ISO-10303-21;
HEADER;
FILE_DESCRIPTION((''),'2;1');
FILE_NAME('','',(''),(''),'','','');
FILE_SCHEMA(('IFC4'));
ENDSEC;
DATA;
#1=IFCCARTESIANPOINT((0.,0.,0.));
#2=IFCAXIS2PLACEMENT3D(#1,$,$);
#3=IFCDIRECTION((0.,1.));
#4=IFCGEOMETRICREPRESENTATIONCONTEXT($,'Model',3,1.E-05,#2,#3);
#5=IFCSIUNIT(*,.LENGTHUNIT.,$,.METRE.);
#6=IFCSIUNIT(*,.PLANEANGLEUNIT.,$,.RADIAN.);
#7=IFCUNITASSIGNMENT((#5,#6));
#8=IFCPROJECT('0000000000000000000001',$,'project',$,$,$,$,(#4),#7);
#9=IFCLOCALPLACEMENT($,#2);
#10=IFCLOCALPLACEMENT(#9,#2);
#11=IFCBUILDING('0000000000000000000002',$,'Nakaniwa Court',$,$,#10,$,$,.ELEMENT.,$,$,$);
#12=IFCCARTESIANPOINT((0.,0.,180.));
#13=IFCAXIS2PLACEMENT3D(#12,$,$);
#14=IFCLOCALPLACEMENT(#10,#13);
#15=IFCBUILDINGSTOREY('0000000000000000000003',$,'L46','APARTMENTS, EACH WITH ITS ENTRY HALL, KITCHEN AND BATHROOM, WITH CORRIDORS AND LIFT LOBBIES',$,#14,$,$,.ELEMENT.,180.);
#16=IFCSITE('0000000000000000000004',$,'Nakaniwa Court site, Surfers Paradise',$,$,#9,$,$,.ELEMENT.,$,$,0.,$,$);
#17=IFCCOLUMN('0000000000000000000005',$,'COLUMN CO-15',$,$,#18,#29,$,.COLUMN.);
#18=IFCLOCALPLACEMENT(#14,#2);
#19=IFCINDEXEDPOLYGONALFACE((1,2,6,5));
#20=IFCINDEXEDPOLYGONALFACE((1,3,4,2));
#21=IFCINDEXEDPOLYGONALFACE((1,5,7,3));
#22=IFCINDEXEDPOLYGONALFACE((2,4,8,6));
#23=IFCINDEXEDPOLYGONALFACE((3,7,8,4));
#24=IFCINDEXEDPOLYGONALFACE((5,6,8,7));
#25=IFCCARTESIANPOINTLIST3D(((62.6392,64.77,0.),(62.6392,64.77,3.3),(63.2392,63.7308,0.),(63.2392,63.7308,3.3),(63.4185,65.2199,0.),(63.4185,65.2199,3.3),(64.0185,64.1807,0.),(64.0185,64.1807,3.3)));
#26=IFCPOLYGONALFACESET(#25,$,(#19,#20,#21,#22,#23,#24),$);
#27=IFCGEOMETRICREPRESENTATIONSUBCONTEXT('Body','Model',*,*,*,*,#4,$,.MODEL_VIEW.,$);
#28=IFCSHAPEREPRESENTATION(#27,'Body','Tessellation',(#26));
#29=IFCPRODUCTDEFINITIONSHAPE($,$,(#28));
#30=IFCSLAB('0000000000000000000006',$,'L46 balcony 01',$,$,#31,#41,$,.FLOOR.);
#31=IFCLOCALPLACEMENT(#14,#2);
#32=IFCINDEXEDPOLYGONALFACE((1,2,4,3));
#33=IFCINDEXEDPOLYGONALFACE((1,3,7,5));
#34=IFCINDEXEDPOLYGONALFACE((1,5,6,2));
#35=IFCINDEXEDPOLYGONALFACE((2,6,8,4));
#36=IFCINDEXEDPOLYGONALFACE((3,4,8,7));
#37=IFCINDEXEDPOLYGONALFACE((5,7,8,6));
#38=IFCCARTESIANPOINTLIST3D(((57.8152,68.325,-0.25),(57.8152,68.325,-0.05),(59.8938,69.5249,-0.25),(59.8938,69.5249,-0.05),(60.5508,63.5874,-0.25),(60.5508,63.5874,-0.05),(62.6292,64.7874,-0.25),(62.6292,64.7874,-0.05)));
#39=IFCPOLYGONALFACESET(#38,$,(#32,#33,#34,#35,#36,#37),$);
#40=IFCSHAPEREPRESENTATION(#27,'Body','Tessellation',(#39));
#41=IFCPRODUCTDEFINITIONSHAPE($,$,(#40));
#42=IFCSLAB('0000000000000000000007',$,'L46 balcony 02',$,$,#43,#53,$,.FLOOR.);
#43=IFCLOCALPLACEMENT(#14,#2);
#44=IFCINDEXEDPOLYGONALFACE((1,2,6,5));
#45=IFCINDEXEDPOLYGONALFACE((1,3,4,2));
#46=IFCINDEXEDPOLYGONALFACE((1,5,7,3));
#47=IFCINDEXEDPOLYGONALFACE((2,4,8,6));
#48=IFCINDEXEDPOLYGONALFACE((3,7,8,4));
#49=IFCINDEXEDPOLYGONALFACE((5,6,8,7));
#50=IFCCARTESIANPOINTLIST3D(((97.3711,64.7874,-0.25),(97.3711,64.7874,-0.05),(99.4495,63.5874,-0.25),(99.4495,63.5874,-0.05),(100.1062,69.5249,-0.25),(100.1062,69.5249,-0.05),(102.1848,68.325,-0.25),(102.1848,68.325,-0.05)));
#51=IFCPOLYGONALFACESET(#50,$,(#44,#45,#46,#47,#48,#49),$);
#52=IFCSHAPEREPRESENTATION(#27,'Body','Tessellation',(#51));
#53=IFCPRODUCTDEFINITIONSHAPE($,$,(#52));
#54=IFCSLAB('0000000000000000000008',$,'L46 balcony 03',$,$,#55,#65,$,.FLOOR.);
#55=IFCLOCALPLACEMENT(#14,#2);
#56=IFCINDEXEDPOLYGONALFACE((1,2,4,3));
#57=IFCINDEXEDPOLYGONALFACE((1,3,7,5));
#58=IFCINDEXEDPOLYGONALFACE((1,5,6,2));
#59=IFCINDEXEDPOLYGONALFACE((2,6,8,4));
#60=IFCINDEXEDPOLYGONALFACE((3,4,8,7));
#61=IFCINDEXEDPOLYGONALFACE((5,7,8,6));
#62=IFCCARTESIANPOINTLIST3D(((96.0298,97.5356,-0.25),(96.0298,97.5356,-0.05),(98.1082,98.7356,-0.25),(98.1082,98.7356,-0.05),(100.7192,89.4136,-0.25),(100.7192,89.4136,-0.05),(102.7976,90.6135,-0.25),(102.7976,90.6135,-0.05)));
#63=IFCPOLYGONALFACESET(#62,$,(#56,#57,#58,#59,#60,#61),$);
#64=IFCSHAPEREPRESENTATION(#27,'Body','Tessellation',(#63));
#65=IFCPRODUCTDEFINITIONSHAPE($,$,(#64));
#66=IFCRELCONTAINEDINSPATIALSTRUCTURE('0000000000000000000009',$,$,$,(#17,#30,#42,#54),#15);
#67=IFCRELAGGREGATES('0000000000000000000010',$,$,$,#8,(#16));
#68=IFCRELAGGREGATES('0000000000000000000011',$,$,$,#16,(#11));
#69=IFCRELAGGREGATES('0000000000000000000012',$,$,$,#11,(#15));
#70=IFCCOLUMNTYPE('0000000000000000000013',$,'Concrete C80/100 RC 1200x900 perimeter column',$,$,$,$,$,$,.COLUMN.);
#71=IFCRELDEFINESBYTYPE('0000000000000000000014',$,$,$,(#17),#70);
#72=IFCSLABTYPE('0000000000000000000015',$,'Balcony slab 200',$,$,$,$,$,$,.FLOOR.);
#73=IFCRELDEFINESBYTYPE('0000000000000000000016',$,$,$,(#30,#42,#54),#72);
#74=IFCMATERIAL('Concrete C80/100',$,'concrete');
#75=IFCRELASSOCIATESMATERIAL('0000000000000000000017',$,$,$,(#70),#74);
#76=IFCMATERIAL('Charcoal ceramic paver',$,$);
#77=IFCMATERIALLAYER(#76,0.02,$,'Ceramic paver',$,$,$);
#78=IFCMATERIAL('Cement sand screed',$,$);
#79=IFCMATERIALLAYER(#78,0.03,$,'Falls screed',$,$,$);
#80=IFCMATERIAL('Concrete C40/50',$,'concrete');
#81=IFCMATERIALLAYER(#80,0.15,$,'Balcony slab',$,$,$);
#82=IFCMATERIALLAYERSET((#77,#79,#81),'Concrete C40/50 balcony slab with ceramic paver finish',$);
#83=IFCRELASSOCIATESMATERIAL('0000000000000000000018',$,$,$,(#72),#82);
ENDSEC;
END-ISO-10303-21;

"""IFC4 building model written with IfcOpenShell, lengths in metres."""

from ifc_helpers import new_model, si_unit, direction, frame, origin, origin_2d, place, context, subcontext, project, spatial, polyline, rectangle, outline, extrude, material, layer, layer_set, material_profile, profile_set, type_object, element, save


model = new_model("IFC4")

# Units and contexts
model_context = context("Model", 3, precision=1e-05, world=origin(), true_north=direction((0.0, 1.0)))
body_context = subcontext(model_context, "Body", "Model", "MODEL_VIEW")
ifc_project = project(units=[si_unit("LENGTHUNIT", "METRE"), si_unit("PLANEANGLEUNIT", "RADIAN")], contexts=[model_context])

# Site, building, storey
site_placement = place(None, origin())
site = spatial("IfcSite", under=ifc_project, at=site_placement, Name="Nakaniwa Court site, Surfers Paradise", CompositionType="ELEMENT", RefElevation=0.0)
building_placement = place(site_placement, origin())
building = spatial("IfcBuilding", under=site, at=building_placement, Name="Nakaniwa Court", CompositionType="ELEMENT")
storey_placement = place(building_placement, frame((0.0, 0.0, 180.0)))
storey = spatial("IfcBuildingStorey", under=building, at=storey_placement, Name="L46", Description="APARTMENTS, EACH WITH ITS ENTRY HALL, KITCHEN AND BATHROOM, WITH CORRIDORS AND LIFT LOBBIES", CompositionType="ELEMENT", Elevation=180.0)

# Column
ifc_material_1 = material(Name="Concrete C80/100", Category="concrete")
ifc_material_profile = material_profile(ifc_material_1, rectangle(XDim=1.2, YDim=0.8999, at=origin_2d()), Name="Concrete C80/100 RC 1200x900 perimeter column")
ifc_profile_set = profile_set([ifc_material_profile], Name="Concrete C80/100")
column_type = type_object("IfcColumnType", Name="Concrete C80/100 RC 1200x900 perimeter column", PredefinedType="COLUMN", material=ifc_profile_set)
column_placement = place(storey_placement, frame((63.3289, 64.4753, 0.0), z_axis=(0.0, 0.0, 1.0), x_axis=(0.5, -0.866025, 0.0)))
element("IfcColumn", 1, at=column_placement, inside=storey, type_object=column_type, Name="COLUMN CO-15", PredefinedType="COLUMN", context=body_context, shape_type="SweptSolid", body=[
    extrude(rectangle(XDim=1.2, YDim=0.8999, at=origin_2d()), origin(), (0.0, 0.0, 1.0), 3.3),
])

# Slabs
ifc_material_2 = material(Name="Charcoal ceramic paver")
ifc_layer_1 = layer(ifc_material_2, 0.02, Name="Ceramic paver")
ifc_material_3 = material(Name="Cement sand screed")
ifc_layer_2 = layer(ifc_material_3, 0.03, Name="Falls screed")
ifc_material_4 = material(Name="Concrete C40/50", Category="concrete")
ifc_layer_3 = layer(ifc_material_4, 0.15, Name="Balcony slab")
ifc_layer_set_1 = layer_set([ifc_layer_1, ifc_layer_2, ifc_layer_3], Name="Concrete C40/50 balcony slab with ceramic paver finish")
slab_type_1 = type_object("IfcSlabType", Name="Balcony slab 200", PredefinedType="FLOOR", material=ifc_layer_set_1)
slab_1_placement = place(storey_placement, frame((0.0, 0.0, -0.25)))
element("IfcSlab", 2, at=slab_1_placement, inside=storey, type_object=slab_type_1, Name="L46 balcony 01", PredefinedType="FLOOR", context=body_context, shape_type="SweptSolid", body=[
    extrude(outline(polyline([(59.8938, 69.5249), (62.6292, 64.7874), (60.5508, 63.5874), (57.8152, 68.325), (59.8938, 69.5249)])), origin(), (0.0, 0.0, 1.0), 0.2),
])
slab_2_placement = place(storey_placement, frame((0.0, 0.0, -0.25)))
element("IfcSlab", 3, at=slab_2_placement, inside=storey, type_object=slab_type_1, Name="L46 balcony 02", PredefinedType="FLOOR", context=body_context, shape_type="SweptSolid", body=[
    extrude(outline(polyline([(97.3711, 64.7874), (100.1062, 69.5249), (102.1848, 68.325), (99.4495, 63.5874), (97.3711, 64.7874)])), origin(), (0.0, 0.0, 1.0), 0.2),
])
slab_3_placement = place(storey_placement, frame((0.0, 0.0, -0.25)))
element("IfcSlab", 4, at=slab_3_placement, inside=storey, type_object=slab_type_1, Name="L46 balcony 03", PredefinedType="FLOOR", context=body_context, shape_type="SweptSolid", body=[
    extrude(outline(polyline([(100.7192, 89.4136), (96.0298, 97.5356), (98.1082, 98.7356), (102.7976, 90.6135), (100.7192, 89.4136)])), origin(), (0.0, 0.0, 1.0), 0.2),
])

save(model, "model.ifc")
